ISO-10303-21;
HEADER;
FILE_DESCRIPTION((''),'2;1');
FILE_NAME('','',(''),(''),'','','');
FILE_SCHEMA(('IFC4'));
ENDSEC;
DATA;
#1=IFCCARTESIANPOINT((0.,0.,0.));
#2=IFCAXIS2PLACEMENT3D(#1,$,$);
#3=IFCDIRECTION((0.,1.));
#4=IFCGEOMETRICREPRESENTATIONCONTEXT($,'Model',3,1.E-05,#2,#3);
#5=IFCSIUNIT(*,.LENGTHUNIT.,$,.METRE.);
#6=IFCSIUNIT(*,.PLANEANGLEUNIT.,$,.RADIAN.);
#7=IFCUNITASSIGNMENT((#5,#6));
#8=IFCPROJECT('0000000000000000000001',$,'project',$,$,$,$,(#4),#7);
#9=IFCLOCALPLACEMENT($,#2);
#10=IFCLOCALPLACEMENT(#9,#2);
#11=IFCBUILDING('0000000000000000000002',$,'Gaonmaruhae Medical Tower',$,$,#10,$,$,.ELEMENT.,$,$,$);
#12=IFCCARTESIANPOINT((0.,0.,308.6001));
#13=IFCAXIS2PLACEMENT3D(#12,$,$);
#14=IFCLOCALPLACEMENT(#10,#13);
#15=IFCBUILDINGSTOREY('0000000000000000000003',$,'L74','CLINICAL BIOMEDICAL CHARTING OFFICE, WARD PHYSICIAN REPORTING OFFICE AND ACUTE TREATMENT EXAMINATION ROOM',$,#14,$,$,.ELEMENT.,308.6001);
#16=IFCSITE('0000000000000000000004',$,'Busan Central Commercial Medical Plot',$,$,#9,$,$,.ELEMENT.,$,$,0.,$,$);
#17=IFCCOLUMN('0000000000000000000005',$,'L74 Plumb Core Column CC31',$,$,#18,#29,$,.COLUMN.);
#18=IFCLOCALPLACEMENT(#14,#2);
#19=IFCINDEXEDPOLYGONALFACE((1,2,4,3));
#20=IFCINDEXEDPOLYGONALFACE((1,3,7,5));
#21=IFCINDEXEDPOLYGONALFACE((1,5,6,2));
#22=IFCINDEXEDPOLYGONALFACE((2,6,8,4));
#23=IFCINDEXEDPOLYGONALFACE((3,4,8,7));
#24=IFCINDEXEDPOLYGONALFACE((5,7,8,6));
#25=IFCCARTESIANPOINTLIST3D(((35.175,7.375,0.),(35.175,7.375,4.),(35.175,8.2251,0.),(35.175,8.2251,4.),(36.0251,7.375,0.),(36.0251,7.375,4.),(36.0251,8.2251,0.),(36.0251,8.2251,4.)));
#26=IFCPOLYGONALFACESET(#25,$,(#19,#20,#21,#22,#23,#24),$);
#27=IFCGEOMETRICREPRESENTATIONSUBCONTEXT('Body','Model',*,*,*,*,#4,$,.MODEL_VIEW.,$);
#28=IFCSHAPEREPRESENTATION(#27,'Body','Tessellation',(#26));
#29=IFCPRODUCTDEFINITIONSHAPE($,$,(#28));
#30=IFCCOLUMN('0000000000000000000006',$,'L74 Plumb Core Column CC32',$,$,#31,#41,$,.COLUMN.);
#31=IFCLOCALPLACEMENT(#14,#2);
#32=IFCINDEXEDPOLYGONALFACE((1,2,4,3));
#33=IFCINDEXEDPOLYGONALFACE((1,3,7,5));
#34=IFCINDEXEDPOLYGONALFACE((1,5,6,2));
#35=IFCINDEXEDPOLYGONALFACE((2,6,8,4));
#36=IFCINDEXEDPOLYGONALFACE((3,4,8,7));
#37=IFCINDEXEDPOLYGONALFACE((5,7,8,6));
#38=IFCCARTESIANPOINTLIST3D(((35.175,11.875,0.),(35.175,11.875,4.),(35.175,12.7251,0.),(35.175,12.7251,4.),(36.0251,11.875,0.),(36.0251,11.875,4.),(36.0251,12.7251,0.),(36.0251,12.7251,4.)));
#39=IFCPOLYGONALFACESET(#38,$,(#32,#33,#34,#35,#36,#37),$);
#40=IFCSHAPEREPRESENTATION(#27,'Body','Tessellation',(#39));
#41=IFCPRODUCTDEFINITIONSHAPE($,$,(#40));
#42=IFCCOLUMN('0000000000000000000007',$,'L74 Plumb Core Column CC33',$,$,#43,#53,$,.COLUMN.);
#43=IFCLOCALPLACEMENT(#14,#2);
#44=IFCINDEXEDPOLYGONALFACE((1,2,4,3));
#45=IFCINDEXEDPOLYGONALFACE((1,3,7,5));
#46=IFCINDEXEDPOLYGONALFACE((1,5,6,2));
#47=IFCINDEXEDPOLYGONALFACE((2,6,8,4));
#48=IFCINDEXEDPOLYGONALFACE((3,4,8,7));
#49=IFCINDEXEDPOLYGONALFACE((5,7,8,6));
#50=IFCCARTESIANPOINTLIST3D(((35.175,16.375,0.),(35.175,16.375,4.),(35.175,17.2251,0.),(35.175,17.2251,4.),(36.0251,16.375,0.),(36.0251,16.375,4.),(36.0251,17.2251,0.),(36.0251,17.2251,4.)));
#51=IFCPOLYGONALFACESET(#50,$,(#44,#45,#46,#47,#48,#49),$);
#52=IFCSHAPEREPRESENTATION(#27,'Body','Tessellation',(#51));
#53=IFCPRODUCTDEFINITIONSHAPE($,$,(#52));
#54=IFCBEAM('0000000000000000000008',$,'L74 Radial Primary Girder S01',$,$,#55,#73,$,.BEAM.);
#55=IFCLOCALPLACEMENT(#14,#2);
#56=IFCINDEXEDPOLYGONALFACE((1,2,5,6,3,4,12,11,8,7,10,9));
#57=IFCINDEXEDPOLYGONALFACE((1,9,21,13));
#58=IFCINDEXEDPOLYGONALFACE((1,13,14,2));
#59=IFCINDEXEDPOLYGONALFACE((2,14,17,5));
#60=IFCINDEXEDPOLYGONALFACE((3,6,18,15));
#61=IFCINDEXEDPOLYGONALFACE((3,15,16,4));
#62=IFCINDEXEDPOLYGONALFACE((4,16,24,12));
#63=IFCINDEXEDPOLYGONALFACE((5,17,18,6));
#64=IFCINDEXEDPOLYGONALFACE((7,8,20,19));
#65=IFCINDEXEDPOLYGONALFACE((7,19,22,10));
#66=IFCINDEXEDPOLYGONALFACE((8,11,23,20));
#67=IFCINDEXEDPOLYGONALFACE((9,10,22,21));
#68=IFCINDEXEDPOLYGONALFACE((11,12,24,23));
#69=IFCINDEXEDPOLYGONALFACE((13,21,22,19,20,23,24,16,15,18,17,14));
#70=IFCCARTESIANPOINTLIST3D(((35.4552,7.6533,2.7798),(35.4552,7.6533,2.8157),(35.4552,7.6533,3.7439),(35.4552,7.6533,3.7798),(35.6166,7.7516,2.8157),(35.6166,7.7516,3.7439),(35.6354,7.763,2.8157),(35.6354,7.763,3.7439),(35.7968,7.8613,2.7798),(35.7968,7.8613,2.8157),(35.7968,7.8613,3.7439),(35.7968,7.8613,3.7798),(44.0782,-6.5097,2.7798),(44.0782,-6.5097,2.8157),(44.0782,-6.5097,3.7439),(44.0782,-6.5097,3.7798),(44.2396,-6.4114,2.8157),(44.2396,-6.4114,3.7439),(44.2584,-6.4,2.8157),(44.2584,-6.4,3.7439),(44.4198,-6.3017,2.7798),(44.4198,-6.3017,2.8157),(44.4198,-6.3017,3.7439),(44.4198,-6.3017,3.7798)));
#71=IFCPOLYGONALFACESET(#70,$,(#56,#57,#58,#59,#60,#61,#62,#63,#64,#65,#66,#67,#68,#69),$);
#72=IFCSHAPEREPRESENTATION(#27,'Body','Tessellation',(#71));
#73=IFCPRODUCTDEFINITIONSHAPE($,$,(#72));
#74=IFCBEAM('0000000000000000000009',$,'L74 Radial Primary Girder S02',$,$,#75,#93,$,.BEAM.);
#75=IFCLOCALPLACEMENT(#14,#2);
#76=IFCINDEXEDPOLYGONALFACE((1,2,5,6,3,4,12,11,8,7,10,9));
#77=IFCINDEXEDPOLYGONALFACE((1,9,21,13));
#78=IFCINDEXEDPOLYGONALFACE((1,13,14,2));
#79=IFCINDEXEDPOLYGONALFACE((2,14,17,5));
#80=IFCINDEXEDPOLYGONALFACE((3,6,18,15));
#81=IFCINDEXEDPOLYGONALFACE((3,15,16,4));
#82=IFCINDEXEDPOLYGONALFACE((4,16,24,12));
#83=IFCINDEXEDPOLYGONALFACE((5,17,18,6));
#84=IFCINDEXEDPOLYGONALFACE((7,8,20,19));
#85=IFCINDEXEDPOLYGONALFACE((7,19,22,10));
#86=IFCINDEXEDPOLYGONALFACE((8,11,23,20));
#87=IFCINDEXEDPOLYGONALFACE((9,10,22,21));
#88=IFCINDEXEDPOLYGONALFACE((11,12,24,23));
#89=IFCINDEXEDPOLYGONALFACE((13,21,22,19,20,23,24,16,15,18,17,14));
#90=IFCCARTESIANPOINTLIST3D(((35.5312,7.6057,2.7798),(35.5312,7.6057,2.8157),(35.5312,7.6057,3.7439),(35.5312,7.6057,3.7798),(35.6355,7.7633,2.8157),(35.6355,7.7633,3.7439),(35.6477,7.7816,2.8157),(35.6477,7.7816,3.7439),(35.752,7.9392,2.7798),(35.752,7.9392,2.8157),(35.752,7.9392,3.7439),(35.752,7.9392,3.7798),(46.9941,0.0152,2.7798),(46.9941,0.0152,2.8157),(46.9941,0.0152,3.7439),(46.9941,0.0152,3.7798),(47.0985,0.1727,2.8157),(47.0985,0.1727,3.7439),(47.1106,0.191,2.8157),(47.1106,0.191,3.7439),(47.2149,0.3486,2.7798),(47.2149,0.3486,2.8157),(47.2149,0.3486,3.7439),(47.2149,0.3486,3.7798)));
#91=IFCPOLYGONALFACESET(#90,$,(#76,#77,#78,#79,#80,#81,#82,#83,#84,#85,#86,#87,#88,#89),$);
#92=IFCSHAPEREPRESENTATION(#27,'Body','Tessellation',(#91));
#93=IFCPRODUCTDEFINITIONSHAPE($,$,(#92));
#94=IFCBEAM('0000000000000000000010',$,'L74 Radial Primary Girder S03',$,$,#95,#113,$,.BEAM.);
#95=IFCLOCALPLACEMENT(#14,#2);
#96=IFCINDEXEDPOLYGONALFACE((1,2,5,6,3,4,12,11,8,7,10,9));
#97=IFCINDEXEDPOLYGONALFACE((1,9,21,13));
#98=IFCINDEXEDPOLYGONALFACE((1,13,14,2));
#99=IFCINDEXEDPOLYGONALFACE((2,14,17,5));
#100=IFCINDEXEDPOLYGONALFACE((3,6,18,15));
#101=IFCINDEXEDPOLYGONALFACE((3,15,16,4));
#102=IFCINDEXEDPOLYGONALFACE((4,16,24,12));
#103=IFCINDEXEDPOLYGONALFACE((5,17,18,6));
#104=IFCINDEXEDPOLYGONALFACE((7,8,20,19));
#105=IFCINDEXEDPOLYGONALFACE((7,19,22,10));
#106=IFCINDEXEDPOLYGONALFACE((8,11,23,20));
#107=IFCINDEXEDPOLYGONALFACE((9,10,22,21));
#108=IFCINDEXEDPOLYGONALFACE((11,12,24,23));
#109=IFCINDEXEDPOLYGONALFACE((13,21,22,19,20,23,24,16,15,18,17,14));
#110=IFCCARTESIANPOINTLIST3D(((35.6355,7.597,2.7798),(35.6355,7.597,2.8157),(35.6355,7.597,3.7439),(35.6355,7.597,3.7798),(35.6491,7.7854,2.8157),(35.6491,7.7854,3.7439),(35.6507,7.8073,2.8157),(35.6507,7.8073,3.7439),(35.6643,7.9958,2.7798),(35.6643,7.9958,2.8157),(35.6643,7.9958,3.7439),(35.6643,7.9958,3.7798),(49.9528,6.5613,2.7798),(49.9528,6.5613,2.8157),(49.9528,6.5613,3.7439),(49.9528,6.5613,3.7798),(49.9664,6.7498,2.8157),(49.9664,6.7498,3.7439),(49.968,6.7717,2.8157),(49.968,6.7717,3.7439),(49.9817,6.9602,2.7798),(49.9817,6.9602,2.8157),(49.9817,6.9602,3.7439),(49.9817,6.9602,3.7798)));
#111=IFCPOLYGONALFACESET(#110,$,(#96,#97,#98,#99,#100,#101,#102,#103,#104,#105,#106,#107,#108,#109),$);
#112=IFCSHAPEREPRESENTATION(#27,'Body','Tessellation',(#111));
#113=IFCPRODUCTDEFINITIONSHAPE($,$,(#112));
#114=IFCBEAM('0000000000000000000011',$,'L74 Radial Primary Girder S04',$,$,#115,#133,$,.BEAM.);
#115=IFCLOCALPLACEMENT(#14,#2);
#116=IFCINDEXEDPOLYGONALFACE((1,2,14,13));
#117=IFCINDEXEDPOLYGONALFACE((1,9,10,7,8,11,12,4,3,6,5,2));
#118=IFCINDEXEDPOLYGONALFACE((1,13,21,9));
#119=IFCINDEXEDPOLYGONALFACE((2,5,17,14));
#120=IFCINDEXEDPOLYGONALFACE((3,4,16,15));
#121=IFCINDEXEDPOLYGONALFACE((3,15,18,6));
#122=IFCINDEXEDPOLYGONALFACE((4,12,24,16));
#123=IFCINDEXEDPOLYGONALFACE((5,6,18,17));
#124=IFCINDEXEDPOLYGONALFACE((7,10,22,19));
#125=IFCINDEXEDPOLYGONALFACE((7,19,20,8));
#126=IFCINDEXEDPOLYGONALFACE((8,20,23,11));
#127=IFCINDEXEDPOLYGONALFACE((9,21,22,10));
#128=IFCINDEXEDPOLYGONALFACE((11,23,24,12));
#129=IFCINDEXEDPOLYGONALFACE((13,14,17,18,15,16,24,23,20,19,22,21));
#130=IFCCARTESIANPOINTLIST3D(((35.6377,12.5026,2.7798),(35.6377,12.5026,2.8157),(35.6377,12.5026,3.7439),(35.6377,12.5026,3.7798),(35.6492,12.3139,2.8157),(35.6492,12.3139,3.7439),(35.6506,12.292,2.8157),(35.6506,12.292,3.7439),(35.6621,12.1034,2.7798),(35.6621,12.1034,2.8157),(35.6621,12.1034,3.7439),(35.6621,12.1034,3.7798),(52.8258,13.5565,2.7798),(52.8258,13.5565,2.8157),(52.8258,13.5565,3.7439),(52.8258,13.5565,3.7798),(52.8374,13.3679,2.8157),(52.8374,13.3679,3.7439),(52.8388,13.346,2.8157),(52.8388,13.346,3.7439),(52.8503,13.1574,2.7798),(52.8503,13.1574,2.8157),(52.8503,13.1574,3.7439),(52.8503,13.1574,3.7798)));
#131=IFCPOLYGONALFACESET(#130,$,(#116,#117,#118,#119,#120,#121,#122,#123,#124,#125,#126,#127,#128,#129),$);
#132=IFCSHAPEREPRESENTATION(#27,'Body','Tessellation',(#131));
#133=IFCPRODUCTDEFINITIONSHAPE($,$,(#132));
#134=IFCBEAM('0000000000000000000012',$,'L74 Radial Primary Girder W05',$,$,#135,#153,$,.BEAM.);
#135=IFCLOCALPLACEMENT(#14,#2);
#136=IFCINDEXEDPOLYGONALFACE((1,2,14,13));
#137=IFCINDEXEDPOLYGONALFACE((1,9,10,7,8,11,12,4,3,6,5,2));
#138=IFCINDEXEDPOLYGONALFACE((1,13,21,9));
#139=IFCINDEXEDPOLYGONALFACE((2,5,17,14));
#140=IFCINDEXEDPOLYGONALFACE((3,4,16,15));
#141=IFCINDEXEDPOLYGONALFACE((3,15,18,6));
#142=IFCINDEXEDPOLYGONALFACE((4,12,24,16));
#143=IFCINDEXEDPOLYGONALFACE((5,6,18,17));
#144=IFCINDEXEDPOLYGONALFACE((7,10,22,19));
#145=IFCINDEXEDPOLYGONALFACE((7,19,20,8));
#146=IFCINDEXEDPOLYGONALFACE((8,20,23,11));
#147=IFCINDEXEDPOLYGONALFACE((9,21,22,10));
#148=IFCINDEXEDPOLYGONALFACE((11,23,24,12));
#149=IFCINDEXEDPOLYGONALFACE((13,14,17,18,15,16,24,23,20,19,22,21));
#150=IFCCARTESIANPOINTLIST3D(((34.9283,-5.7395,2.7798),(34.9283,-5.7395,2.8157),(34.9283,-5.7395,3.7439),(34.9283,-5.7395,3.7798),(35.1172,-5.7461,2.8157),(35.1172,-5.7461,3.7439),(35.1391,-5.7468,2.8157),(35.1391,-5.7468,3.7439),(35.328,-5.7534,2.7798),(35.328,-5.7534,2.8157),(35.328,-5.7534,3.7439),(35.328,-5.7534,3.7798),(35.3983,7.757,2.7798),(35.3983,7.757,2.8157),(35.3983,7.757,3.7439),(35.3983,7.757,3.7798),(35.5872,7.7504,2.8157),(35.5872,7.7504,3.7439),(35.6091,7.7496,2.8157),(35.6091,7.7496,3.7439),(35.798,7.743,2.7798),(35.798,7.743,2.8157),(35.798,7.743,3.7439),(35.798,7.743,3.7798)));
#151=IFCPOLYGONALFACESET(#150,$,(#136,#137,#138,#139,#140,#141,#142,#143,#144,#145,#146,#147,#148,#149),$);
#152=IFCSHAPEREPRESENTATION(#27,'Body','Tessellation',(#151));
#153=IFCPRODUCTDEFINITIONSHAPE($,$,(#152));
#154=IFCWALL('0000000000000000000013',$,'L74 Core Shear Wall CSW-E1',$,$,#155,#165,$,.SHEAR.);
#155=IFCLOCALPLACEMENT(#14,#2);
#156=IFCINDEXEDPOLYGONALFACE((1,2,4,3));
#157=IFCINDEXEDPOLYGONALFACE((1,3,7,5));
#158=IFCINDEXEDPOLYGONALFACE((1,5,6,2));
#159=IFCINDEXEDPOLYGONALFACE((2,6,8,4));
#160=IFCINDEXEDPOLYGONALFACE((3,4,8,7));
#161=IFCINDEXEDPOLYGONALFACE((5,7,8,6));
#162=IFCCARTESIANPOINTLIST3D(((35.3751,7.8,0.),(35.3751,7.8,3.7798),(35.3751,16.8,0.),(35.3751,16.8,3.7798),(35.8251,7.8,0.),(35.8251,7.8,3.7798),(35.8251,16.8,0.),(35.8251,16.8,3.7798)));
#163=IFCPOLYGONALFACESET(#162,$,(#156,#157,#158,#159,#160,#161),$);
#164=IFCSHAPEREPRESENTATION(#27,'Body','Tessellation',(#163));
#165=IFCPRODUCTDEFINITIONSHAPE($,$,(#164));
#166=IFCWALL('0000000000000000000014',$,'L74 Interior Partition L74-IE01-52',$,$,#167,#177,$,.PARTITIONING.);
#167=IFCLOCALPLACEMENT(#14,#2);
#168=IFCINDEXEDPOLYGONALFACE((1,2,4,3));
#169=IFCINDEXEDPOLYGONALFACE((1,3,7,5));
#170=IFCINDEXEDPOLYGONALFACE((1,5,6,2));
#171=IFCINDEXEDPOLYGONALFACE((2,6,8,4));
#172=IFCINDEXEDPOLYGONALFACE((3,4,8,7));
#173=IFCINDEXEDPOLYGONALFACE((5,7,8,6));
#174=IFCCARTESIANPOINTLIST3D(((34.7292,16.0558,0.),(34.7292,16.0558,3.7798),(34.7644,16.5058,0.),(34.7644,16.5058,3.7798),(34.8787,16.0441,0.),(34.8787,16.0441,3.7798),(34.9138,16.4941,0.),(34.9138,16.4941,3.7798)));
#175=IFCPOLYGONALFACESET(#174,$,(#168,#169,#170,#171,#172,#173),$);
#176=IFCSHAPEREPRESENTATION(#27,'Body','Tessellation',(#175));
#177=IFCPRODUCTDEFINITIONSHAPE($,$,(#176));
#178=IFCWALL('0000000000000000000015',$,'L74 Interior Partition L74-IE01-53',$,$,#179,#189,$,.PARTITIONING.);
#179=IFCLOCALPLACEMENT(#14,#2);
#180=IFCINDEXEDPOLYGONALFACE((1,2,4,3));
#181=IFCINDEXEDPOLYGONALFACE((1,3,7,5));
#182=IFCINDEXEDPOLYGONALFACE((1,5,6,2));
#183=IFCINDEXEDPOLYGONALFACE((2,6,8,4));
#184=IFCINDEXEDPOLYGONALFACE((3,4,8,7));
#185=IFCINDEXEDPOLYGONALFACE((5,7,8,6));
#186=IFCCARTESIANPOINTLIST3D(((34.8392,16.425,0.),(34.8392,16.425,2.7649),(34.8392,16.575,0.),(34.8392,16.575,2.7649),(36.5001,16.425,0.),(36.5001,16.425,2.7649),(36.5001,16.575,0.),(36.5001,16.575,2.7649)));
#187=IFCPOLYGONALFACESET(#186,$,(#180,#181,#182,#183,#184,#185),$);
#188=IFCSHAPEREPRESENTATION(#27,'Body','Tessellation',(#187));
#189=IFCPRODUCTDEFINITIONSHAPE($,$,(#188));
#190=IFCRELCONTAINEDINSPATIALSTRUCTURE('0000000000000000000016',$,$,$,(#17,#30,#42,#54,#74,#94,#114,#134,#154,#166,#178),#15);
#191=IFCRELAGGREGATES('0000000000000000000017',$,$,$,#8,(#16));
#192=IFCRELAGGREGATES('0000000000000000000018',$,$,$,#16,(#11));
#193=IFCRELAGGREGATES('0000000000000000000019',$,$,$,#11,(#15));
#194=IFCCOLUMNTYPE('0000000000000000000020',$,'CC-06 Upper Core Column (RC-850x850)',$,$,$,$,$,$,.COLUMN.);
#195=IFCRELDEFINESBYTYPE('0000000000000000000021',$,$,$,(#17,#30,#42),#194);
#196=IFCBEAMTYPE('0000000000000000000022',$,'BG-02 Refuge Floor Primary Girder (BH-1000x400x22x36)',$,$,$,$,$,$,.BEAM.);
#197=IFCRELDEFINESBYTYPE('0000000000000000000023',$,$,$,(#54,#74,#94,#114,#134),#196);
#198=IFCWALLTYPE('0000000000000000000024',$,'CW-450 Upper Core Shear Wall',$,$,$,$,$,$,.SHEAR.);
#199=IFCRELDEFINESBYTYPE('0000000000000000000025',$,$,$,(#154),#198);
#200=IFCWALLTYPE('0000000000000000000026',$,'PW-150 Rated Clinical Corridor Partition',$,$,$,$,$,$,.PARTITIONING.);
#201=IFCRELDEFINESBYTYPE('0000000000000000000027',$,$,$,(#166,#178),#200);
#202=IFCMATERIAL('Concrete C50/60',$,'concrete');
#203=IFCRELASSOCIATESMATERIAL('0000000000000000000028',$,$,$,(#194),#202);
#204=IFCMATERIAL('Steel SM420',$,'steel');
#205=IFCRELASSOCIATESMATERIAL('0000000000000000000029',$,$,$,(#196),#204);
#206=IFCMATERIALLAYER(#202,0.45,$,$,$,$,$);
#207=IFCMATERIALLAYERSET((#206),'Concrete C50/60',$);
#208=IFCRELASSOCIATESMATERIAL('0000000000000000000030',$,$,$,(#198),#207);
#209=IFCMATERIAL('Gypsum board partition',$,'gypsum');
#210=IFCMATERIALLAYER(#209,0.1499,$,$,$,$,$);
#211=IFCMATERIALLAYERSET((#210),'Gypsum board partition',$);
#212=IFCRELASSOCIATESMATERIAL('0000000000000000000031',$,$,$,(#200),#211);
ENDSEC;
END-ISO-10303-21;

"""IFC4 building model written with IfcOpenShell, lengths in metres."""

from ifc_helpers import new_model, si_unit, direction, frame, frame_2d, origin, origin_2d, place, context, subcontext, project, spatial, rectangle, i_section, extrude, material, layer, layer_set, material_profile, profile_set, type_object, element, save


model = new_model("IFC4")

# Units and contexts
model_context = context("Model", 3, precision=1e-05, world=origin(), true_north=direction((0.0, 1.0)))
body_context = subcontext(model_context, "Body", "Model", "MODEL_VIEW")
ifc_project = project(units=[si_unit("LENGTHUNIT", "METRE"), si_unit("PLANEANGLEUNIT", "RADIAN")], contexts=[model_context])

# Site, building, storey
site_placement = place(None, origin())
site = spatial("IfcSite", under=ifc_project, at=site_placement, Name="Busan Central Commercial Medical Plot", CompositionType="ELEMENT", RefElevation=0.0)
building_placement = place(site_placement, origin())
building = spatial("IfcBuilding", under=site, at=building_placement, Name="Gaonmaruhae Medical Tower", CompositionType="ELEMENT")
storey_placement = place(building_placement, frame((0.0, 0.0, 308.6001)))
storey = spatial("IfcBuildingStorey", under=building, at=storey_placement, Name="L74", Description="CLINICAL BIOMEDICAL CHARTING OFFICE, WARD PHYSICIAN REPORTING OFFICE AND ACUTE TREATMENT EXAMINATION ROOM", CompositionType="ELEMENT", Elevation=308.6001)

# Columns
ifc_material_1 = material(Name="Concrete C50/60", Category="concrete")
ifc_material_profile_1 = material_profile(ifc_material_1, rectangle(XDim=0.8501, YDim=0.8501, at=origin_2d()), Name="RC-850x850")
ifc_profile_set_1 = profile_set([ifc_material_profile_1], Name="Concrete C50/60")
column_type = type_object("IfcColumnType", Name="CC-06 Upper Core Column (RC-850x850)", PredefinedType="COLUMN", material=ifc_profile_set_1)
for number, where, z_axis, x_axis, name in (
    (1, (35.6001, 7.8, 0.0), (0.0, 0.0, 1.0), (1.0, 0.0, 0.0), "L74 Plumb Core Column CC31"),
    (2, (35.6001, 12.3, 0.0), (0.0, 0.0, 1.0), (1.0, 0.0, 0.0), "L74 Plumb Core Column CC32"),
    (3, (35.6001, 16.8, 0.0), (0.0, 0.0, 1.0), (1.0, 0.0, 0.0), "L74 Plumb Core Column CC33"),
):
    element("IfcColumn", number, at=place(storey_placement, frame(where, z_axis=z_axis, x_axis=x_axis)), inside=storey, type_object=column_type, Name=name, PredefinedType="COLUMN", context=body_context, shape_type="SweptSolid", body=[
        extrude(rectangle(XDim=0.8501, YDim=0.8501, at=origin_2d()), origin(), (0.0, 0.0, 1.0), 4.0),
    ])

# Beams
ifc_material_2 = material(Name="Steel SM420", Category="steel")
ifc_material_profile_2 = material_profile(ifc_material_2, i_section(OverallWidth=0.3999, OverallDepth=1.0, WebThickness=0.022, FlangeThickness=0.0359, at=origin_2d()), Name="BH-1000x400x22x36")
ifc_profile_set_2 = profile_set([ifc_material_profile_2], Name="Steel SM420")
beam_type = type_object("IfcBeamType", Name="BG-02 Refuge Floor Primary Girder (BH-1000x400x22x36)", PredefinedType="BEAM", material=ifc_profile_set_2)
beam_1_placement = place(storey_placement, frame((35.626, 7.7573, 3.2798), z_axis=(0.520037, -0.854144, 0.0), x_axis=(0.854144, 0.520037, 0.0)))
element("IfcBeam", 4, at=beam_1_placement, inside=storey, type_object=beam_type, Name="L74 Radial Primary Girder S01", PredefinedType="BEAM", context=body_context, shape_type="SweptSolid", body=[
    extrude(i_section(OverallWidth=0.3999, OverallDepth=1.0, WebThickness=0.022, FlangeThickness=0.0359, at=origin_2d()), origin(), (0.0, 0.0, 1.0), 16.5815),
])
beam_2_placement = place(storey_placement, frame((35.6416, 7.7725, 3.2798), z_axis=(0.83377, -0.552112, 0.0), x_axis=(0.552112, 0.83377, 0.0)))
element("IfcBeam", 5, at=beam_2_placement, inside=storey, type_object=beam_type, Name="L74 Radial Primary Girder S02", PredefinedType="BEAM", context=body_context, shape_type="SweptSolid", body=[
    extrude(i_section(OverallWidth=0.3999, OverallDepth=1.0, WebThickness=0.022, FlangeThickness=0.0359, at=origin_2d()), origin(), (0.0, 0.0, 1.0), 13.7483),
])
beam_3_placement = place(storey_placement, frame((35.6499, 7.7964, 3.2798), z_axis=(0.997394, -0.072146, 0.0), x_axis=(0.072146, 0.997394, 0.0)))
element("IfcBeam", 6, at=beam_3_placement, inside=storey, type_object=beam_type, Name="L74 Radial Primary Girder S03", PredefinedType="BEAM", context=body_context, shape_type="SweptSolid", body=[
    extrude(i_section(OverallWidth=0.3999, OverallDepth=1.0, WebThickness=0.022, FlangeThickness=0.0359, at=origin_2d()), origin(), (0.0, 0.0, 1.0), 14.3547),
])
beam_4_placement = place(storey_placement, frame((35.6499, 12.303, 3.2798), z_axis=(0.998125, 0.061203, 0.0), x_axis=(-0.061203, 0.998125, 0.0)))
element("IfcBeam", 7, at=beam_4_placement, inside=storey, type_object=beam_type, Name="L74 Radial Primary Girder S04", PredefinedType="BEAM", context=body_context, shape_type="SweptSolid", body=[
    extrude(i_section(OverallWidth=0.3999, OverallDepth=1.0, WebThickness=0.022, FlangeThickness=0.0359, at=origin_2d()), origin(), (0.0, 0.0, 1.0), 17.2205),
])
beam_5_placement = place(storey_placement, frame((35.5981, 7.75, 3.2798), z_axis=(-0.034801, -0.999394, 0.0), x_axis=(0.999394, -0.034801, 0.0)))
element("IfcBeam", 8, at=beam_5_placement, inside=storey, type_object=beam_type, Name="L74 Radial Primary Girder W05", PredefinedType="BEAM", context=body_context, shape_type="SweptSolid", body=[
    extrude(i_section(OverallWidth=0.3999, OverallDepth=1.0, WebThickness=0.022, FlangeThickness=0.0359, at=origin_2d()), origin(), (0.0, 0.0, 1.0), 13.5046),
])

# Walls
ifc_layer_1 = layer(ifc_material_1, 0.45)
ifc_layer_set_1 = layer_set([ifc_layer_1], Name="Concrete C50/60")
wall_type_1 = type_object("IfcWallType", Name="CW-450 Upper Core Shear Wall", PredefinedType="SHEAR", material=ifc_layer_set_1)
wall_1_placement = place(storey_placement, frame((35.6001, 7.8, 0.0), z_axis=(0.0, 0.0, 1.0), x_axis=(0.0, 1.0, 0.0)))
element("IfcWall", 9, at=wall_1_placement, inside=storey, type_object=wall_type_1, Name="L74 Core Shear Wall CSW-E1", PredefinedType="SHEAR", context=body_context, shape_type="SweptSolid", body=[
    extrude(rectangle(XDim=9.0, YDim=0.45, at=frame_2d((4.5, 0.0))), origin(), (0.0, 0.0, 1.0), 3.7798),
])
ifc_material_3 = material(Name="Gypsum board partition", Category="gypsum")
ifc_layer_2 = layer(ifc_material_3, 0.1499)
ifc_layer_set_2 = layer_set([ifc_layer_2], Name="Gypsum board partition")
wall_type_2 = type_object("IfcWallType", Name="PW-150 Rated Clinical Corridor Partition", PredefinedType="PARTITIONING", material=ifc_layer_set_2)
wall_2_placement = place(storey_placement, frame((34.804, 16.05, 0.0), z_axis=(0.0, 0.0, 1.0), x_axis=(0.077896, 0.996961, 0.0)))
element("IfcWall", 10, at=wall_2_placement, inside=storey, type_object=wall_type_2, Name="L74 Interior Partition L74-IE01-52", PredefinedType="PARTITIONING", context=body_context, shape_type="SweptSolid", body=[
    extrude(rectangle(XDim=0.4514, YDim=0.1499, at=frame_2d((0.2256, 0.0))), origin(), (0.0, 0.0, 1.0), 3.7798),
])
wall_3_placement = place(storey_placement, frame((34.8391, 16.5, 0.0), z_axis=(0.0, 0.0, 1.0), x_axis=(1.0, 0.0, 0.0)))
element("IfcWall", 11, at=wall_3_placement, inside=storey, type_object=wall_type_2, Name="L74 Interior Partition L74-IE01-53", PredefinedType="PARTITIONING", context=body_context, shape_type="SweptSolid", body=[
    extrude(rectangle(XDim=1.6609, YDim=0.1499, at=frame_2d((0.8306, 0.0))), origin(), (0.0, 0.0, 1.0), 2.7649),
])

save(model, "model.ifc")
